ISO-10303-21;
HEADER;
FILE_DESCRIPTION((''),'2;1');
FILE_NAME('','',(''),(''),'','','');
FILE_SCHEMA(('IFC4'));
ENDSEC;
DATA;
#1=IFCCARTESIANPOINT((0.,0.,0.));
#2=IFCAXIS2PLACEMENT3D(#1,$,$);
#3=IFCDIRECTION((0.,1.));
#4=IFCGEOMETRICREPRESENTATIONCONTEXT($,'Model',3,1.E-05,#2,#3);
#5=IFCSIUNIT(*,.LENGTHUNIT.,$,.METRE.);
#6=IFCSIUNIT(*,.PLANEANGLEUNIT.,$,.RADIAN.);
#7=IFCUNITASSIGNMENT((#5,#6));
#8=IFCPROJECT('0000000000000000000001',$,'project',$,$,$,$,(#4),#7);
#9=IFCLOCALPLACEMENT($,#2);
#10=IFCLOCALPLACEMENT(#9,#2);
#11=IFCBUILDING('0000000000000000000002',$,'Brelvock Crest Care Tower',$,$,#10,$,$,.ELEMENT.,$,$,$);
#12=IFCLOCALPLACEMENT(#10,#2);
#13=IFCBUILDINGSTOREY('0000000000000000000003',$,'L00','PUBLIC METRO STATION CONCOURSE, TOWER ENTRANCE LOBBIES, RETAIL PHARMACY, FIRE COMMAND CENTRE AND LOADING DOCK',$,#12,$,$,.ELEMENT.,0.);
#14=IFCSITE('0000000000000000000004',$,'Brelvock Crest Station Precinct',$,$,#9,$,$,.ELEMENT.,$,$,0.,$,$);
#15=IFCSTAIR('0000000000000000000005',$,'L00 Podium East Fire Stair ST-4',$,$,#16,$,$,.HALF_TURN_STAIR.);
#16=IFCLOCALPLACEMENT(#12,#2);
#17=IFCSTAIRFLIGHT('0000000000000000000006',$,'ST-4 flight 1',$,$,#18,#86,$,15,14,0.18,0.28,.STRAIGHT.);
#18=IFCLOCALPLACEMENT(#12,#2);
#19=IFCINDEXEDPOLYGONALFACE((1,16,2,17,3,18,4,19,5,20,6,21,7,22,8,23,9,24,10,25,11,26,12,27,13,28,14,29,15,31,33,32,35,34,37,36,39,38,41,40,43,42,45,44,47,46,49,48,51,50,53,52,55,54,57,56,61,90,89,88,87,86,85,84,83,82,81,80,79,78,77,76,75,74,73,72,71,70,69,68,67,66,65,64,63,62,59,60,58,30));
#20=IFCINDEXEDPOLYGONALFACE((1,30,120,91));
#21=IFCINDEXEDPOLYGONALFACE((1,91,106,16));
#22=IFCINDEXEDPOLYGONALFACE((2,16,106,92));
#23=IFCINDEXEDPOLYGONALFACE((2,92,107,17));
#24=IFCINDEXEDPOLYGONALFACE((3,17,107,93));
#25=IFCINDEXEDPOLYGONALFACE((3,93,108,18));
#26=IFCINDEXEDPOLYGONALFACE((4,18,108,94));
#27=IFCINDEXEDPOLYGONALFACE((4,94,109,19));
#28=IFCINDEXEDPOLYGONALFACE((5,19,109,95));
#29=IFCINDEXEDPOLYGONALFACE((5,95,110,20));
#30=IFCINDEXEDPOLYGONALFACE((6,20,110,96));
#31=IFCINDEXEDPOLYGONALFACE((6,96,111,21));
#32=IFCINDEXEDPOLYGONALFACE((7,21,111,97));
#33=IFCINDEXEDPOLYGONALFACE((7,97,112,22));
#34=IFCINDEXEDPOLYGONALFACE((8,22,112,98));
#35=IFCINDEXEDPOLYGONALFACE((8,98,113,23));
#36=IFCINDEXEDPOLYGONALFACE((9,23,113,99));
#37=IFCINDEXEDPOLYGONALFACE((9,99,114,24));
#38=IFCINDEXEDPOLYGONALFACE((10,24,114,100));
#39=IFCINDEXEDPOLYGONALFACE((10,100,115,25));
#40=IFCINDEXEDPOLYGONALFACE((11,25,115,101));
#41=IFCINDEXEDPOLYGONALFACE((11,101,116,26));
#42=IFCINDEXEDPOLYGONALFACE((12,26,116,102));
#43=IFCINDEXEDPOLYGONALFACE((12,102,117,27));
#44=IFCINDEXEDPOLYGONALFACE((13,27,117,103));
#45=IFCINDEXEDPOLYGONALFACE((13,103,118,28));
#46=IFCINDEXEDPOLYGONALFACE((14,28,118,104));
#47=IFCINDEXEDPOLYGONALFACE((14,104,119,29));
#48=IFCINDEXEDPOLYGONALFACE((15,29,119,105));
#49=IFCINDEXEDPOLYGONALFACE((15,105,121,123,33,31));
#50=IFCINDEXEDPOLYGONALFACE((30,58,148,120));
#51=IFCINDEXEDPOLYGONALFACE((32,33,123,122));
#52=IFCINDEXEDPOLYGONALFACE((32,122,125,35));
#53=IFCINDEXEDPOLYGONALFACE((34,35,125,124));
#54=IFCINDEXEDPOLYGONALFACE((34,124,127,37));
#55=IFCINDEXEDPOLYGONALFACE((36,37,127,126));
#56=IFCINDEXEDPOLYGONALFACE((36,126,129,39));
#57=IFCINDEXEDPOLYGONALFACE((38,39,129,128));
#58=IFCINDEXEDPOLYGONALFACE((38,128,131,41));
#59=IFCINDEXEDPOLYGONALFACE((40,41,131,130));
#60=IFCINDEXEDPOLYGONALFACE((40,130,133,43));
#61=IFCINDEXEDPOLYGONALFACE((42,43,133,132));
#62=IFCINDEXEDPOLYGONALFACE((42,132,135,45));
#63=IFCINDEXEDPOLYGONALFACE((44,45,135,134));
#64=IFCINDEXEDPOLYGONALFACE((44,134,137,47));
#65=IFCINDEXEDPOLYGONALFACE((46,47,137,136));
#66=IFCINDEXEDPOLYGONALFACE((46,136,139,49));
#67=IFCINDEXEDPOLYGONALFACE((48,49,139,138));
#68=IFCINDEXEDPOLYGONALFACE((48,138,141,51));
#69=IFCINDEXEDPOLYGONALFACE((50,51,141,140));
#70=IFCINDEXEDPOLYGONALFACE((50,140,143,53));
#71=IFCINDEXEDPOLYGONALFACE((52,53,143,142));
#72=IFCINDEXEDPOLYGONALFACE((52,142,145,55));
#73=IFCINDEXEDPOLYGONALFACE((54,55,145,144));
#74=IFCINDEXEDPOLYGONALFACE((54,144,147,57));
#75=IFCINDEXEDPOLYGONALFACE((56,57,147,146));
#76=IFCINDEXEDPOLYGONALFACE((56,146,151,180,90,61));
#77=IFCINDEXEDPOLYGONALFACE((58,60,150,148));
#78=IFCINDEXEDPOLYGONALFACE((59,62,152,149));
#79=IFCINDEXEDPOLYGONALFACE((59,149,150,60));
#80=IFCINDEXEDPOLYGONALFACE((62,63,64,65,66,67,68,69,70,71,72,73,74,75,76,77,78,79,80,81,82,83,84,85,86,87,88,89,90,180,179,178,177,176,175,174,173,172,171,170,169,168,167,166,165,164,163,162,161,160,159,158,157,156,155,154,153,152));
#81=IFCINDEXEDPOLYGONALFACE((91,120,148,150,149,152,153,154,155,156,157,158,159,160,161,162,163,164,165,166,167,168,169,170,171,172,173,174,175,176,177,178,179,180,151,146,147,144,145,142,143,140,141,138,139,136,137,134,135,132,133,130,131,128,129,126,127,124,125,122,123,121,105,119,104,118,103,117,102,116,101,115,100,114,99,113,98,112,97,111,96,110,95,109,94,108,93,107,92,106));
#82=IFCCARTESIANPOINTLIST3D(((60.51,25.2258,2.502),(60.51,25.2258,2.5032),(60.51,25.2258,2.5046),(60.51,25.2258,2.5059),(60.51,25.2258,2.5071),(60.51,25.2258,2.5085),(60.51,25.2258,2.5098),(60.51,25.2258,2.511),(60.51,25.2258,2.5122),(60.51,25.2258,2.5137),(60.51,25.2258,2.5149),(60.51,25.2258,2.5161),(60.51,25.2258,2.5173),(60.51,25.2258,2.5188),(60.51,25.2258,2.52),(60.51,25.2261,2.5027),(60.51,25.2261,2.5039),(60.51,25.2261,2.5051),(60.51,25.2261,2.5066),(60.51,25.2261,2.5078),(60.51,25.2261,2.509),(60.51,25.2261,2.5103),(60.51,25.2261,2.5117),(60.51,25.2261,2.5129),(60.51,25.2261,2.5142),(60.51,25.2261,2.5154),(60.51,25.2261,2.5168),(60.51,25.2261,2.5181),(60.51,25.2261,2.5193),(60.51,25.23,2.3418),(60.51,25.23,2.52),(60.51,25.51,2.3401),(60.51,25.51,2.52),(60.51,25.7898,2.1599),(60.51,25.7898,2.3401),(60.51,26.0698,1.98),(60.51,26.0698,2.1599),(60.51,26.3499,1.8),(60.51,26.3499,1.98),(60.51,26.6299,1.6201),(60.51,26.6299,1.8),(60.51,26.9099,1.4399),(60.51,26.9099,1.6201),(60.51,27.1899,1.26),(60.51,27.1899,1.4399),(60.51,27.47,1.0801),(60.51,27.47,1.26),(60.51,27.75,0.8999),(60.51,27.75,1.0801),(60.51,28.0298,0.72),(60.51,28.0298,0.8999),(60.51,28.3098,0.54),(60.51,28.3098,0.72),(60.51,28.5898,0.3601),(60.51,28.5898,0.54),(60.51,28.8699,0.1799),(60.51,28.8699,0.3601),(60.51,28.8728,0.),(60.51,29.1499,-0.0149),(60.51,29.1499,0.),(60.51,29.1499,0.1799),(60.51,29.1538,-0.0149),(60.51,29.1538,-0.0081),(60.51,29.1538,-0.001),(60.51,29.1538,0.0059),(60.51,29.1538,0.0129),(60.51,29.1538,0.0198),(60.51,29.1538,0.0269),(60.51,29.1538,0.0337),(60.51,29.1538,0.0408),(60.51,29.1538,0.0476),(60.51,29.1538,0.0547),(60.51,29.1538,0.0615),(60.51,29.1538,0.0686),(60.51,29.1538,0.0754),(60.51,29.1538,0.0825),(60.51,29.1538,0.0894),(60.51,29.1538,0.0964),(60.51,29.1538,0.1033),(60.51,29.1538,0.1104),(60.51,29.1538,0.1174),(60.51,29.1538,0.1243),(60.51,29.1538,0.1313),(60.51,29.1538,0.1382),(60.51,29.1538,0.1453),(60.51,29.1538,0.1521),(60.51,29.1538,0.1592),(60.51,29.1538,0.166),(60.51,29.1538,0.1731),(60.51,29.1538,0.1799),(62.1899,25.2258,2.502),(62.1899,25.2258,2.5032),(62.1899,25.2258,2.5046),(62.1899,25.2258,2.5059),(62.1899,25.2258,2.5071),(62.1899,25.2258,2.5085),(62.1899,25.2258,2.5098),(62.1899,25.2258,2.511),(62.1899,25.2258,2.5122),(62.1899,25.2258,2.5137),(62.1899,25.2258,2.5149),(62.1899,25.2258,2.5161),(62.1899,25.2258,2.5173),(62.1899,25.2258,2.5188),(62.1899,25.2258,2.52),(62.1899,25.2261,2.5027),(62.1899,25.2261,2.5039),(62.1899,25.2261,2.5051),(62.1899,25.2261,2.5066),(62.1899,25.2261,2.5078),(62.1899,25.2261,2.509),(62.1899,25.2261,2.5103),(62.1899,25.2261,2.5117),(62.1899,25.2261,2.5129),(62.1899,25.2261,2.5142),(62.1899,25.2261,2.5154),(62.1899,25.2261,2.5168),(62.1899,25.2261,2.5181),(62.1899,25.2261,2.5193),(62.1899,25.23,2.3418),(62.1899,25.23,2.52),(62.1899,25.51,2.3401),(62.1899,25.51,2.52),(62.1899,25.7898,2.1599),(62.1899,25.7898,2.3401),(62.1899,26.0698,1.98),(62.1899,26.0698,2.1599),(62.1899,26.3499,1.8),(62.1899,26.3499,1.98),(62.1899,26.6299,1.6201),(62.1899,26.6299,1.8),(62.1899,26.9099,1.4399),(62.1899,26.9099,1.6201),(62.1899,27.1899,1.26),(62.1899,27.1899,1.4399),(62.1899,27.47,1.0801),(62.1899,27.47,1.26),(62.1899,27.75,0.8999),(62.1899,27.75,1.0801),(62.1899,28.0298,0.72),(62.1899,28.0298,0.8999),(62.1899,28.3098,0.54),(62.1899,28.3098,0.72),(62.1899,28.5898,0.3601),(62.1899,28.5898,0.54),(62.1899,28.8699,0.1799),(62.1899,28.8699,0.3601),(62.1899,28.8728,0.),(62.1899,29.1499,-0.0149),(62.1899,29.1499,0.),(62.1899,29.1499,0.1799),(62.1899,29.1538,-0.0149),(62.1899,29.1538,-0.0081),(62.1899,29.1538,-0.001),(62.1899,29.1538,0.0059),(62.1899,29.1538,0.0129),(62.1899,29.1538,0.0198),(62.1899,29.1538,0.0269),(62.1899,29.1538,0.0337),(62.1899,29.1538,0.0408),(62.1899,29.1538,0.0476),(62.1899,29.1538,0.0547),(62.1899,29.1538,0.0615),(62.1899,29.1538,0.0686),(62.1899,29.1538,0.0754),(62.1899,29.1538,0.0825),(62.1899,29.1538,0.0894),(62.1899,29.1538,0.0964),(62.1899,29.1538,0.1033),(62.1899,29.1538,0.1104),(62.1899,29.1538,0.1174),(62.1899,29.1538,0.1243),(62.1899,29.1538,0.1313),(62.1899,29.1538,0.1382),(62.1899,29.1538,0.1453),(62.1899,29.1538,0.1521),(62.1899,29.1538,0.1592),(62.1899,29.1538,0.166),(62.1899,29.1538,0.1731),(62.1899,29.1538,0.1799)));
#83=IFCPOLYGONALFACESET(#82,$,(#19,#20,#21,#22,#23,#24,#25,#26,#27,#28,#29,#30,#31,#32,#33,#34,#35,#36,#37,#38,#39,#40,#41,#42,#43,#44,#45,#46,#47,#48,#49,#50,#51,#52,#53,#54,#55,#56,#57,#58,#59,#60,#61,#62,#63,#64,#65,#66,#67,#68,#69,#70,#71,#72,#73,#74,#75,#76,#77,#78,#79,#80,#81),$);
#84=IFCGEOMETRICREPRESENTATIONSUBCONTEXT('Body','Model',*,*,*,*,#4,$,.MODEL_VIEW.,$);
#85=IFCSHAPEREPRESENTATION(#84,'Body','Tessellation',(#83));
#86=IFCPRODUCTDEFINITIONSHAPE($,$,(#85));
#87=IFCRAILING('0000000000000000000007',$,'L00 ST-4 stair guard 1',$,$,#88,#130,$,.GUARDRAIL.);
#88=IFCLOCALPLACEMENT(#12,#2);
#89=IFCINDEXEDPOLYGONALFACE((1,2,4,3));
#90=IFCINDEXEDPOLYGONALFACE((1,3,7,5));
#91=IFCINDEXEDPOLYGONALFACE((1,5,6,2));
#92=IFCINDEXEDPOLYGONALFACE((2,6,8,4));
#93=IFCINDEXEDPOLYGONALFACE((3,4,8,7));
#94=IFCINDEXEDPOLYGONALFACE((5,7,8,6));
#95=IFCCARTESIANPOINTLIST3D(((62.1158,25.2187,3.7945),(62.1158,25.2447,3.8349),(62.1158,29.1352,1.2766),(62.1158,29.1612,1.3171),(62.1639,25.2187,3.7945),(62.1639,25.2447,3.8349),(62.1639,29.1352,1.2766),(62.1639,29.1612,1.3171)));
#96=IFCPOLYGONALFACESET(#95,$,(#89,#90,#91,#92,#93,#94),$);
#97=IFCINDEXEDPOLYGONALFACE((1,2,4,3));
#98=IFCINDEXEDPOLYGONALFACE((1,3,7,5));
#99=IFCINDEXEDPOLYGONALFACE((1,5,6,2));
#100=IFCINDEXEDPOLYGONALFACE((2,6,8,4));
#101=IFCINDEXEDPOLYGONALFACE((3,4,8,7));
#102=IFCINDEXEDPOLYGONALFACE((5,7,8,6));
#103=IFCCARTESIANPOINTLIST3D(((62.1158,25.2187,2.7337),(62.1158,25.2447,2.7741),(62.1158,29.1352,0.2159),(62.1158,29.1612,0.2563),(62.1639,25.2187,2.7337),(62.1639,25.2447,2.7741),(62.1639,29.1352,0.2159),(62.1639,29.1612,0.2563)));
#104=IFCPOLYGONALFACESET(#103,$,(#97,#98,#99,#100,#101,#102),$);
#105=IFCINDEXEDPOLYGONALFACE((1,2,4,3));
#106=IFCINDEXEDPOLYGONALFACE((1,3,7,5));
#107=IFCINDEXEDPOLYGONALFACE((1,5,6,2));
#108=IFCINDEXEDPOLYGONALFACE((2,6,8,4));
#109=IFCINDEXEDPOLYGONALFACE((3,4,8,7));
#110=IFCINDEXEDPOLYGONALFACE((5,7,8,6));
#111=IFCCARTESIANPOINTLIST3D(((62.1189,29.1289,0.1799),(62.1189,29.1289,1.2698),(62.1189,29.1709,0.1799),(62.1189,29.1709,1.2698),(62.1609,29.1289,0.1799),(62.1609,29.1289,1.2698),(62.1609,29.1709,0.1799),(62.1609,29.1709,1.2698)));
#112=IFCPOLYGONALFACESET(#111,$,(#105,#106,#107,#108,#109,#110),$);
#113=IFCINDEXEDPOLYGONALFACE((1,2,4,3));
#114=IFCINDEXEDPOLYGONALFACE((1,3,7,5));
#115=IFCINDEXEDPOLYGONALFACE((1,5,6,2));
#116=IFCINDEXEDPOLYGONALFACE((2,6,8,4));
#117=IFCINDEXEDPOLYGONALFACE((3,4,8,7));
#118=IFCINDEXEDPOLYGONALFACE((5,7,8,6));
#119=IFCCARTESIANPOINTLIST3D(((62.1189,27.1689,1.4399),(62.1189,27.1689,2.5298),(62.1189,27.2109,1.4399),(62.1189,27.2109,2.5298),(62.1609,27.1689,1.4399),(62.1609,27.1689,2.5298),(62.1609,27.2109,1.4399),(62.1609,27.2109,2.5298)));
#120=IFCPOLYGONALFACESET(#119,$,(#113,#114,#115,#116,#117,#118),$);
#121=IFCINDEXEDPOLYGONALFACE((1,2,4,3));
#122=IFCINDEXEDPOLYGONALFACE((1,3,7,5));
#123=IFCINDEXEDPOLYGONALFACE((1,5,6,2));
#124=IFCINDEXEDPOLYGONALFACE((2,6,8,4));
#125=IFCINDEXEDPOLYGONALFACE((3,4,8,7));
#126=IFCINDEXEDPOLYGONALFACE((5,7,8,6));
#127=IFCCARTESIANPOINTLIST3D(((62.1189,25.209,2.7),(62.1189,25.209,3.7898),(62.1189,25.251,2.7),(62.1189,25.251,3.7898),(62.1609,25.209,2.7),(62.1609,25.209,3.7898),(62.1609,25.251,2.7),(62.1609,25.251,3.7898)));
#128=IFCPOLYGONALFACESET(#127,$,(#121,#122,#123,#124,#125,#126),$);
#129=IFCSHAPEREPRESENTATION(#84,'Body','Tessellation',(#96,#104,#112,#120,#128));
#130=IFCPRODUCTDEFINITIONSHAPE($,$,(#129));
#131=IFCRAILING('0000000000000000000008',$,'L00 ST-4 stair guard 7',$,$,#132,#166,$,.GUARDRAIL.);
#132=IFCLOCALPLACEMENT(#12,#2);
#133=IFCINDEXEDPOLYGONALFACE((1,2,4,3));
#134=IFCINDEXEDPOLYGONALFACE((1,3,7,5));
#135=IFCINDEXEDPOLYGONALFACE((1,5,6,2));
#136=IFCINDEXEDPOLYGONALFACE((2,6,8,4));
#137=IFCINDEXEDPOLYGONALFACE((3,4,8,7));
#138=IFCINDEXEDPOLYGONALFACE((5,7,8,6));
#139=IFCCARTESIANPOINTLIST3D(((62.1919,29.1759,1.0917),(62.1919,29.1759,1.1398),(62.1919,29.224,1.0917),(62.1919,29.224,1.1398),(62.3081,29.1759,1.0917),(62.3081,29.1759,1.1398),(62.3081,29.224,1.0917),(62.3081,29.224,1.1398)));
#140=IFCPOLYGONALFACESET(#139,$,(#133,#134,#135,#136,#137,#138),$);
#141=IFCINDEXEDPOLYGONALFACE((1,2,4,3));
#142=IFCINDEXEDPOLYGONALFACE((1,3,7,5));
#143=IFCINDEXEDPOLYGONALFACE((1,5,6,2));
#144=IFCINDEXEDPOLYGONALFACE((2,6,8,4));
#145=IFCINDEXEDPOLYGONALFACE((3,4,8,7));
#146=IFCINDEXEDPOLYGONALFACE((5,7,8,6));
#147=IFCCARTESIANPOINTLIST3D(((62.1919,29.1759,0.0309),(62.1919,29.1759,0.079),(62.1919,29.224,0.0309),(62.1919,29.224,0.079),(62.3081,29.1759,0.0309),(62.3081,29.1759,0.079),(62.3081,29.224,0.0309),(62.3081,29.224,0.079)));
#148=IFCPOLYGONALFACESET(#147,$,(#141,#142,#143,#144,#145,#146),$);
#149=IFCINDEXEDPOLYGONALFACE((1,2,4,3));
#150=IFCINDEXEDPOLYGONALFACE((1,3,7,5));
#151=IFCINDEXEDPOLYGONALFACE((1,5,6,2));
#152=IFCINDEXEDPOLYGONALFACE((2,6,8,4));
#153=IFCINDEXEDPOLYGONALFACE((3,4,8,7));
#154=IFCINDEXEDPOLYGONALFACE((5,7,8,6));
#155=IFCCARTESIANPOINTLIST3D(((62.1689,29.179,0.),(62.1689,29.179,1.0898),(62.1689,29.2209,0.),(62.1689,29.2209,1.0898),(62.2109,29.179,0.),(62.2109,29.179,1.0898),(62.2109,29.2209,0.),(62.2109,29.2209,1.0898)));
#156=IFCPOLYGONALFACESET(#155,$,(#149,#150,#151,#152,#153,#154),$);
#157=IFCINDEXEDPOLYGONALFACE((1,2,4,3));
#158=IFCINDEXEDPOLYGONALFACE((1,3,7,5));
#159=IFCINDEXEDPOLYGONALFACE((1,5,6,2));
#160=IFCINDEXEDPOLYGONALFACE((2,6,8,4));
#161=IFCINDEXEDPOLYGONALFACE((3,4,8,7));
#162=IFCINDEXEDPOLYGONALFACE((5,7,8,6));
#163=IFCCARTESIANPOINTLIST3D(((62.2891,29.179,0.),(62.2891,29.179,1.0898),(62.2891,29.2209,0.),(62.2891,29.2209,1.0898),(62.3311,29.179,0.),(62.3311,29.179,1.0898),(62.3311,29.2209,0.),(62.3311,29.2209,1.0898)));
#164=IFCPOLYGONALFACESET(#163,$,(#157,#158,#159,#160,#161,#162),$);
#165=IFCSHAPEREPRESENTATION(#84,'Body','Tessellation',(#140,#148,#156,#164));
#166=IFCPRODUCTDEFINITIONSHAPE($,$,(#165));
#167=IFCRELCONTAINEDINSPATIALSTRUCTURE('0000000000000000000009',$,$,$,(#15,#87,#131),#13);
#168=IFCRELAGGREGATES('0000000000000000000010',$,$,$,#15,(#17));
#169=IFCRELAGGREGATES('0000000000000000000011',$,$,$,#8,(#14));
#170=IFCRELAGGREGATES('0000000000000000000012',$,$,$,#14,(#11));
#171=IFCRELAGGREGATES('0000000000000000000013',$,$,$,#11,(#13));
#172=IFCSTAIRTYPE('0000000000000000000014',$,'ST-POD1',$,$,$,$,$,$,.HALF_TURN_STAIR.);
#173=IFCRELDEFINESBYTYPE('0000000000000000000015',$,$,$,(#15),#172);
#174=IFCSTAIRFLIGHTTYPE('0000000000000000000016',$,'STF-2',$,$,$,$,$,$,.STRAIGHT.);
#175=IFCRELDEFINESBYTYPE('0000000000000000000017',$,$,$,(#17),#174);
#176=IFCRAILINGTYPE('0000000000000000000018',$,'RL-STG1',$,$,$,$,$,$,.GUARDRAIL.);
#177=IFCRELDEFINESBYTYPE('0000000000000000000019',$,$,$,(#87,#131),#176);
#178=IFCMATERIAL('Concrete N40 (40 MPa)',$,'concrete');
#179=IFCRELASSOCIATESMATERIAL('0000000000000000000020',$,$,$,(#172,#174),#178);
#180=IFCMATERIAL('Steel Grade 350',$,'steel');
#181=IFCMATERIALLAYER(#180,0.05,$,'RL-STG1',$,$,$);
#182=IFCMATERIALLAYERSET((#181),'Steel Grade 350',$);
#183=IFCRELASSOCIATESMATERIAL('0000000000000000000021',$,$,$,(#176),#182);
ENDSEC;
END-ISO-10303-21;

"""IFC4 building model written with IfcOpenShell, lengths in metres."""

from ifc_helpers import new_model, si_unit, direction, frame, origin, origin_2d, place, context, subcontext, project, spatial, polyline, rectangle, outline, extrude, material, layer, layer_set, type_object, element, aggregate, save


model = new_model("IFC4")

# Units and contexts
model_context = context("Model", 3, precision=1e-05, world=origin(), true_north=direction((0.0, 1.0)))
body_context = subcontext(model_context, "Body", "Model", "MODEL_VIEW")
ifc_project = project(units=[si_unit("LENGTHUNIT", "METRE"), si_unit("PLANEANGLEUNIT", "RADIAN")], contexts=[model_context])

# Site, building, storey
site_placement = place(None, origin())
site = spatial("IfcSite", under=ifc_project, at=site_placement, Name="Brelvock Crest Station Precinct", CompositionType="ELEMENT", RefElevation=0.0)
building_placement = place(site_placement, origin())
building = spatial("IfcBuilding", under=site, at=building_placement, Name="Brelvock Crest Care Tower", CompositionType="ELEMENT")
storey_placement = place(building_placement, origin())
storey = spatial("IfcBuildingStorey", under=building, at=storey_placement, Name="L00", Description="PUBLIC METRO STATION CONCOURSE, TOWER ENTRANCE LOBBIES, RETAIL PHARMACY, FIRE COMMAND CENTRE AND LOADING DOCK", CompositionType="ELEMENT", Elevation=0.0)

# Stair, stair flight
ifc_material_1 = material(Name="Concrete N40 (40 MPa)", Category="concrete")
stair_type = type_object("IfcStairType", Name="ST-POD1", PredefinedType="HALF_TURN_STAIR", material=ifc_material_1)
stair_placement = place(storey_placement, origin())
stair = element("IfcStair", 1, at=stair_placement, inside=storey, type_object=stair_type, Name="L00 Podium East Fire Stair ST-4", PredefinedType="HALF_TURN_STAIR")
stair_flight_type = type_object("IfcStairFlightType", Name="STF-2", PredefinedType="STRAIGHT", material=ifc_material_1)
stair_flight_placement = place(storey_placement, frame((61.3501, 29.1499, 0.0), z_axis=(0.0, 0.0, 1.0), x_axis=(0.0, -1.0, 0.0)))
stair_flight = element("IfcStairFlight", 2, at=stair_flight_placement, type_object=stair_flight_type, Name="ST-4 flight 1", NumberOfRisers=15, NumberOfTreads=14, PredefinedType="STRAIGHT", RiserHeight=0.18, TreadLength=0.28, context=body_context, shape_type="SweptSolid", body=[
    extrude(outline(polyline([(-0.0039, -0.0149), (-0.0039, -0.0081), (-0.0039, -0.001), (-0.0039, 0.0059), (-0.0039, 0.0129), (-0.0039, 0.0198), (-0.0039, 0.0269), (-0.0039, 0.0337), (-0.0039, 0.0408), (-0.0039, 0.0476), (-0.0039, 0.0547), (-0.0039, 0.0615), (-0.0039, 0.0686), (-0.0039, 0.0754), (-0.0039, 0.0825), (-0.0039, 0.0894), (-0.0039, 0.0964), (-0.0039, 0.1033), (-0.0039, 0.1104), (-0.0039, 0.1174), (-0.0039, 0.1243), (-0.0039, 0.1313), (-0.0039, 0.1382), (-0.0039, 0.1453), (-0.0039, 0.1521), (-0.0039, 0.1592), (-0.0039, 0.166), (-0.0039, 0.1731), (-0.0039, 0.1799), (0.0, 0.1799), (0.28, 0.1799), (0.28, 0.3601), (0.5601, 0.3601), (0.5601, 0.54), (0.8401, 0.54), (0.8401, 0.72), (1.1201, 0.72), (1.1201, 0.8999), (1.3999, 0.8999), (1.3999, 1.0801), (1.6799, 1.0801), (1.6799, 1.26), (1.96, 1.26), (1.96, 1.4399), (2.24, 1.4399), (2.24, 1.6201), (2.52, 1.6201), (2.52, 1.8), (2.8, 1.8), (2.8, 1.98), (3.0801, 1.98), (3.0801, 2.1599), (3.3601, 2.1599), (3.3601, 2.3401), (3.6399, 2.3401), (3.6399, 2.52), (3.9199, 2.52), (3.9241, 2.52), (3.9238, 2.5193), (3.9241, 2.5188), (3.9238, 2.5181), (3.9241, 2.5173), (3.9238, 2.5168), (3.9241, 2.5161), (3.9238, 2.5154), (3.9241, 2.5149), (3.9238, 2.5142), (3.9241, 2.5137), (3.9238, 2.5129), (3.9241, 2.5122), (3.9238, 2.5117), (3.9241, 2.511), (3.9238, 2.5103), (3.9241, 2.5098), (3.9238, 2.509), (3.9241, 2.5085), (3.9238, 2.5078), (3.9241, 2.5071), (3.9238, 2.5066), (3.9241, 2.5059), (3.9238, 2.5051), (3.9241, 2.5046), (3.9238, 2.5039), (3.9241, 2.5032), (3.9238, 2.5027), (3.9241, 2.502), (3.9199, 2.3418), (0.2771, 0.0), (0.0, 0.0), (0.0, -0.0149), (-0.0039, -0.0149)])), frame((0.0, 0.8398, 0.0), z_axis=(0.0, -1.0, 0.0), x_axis=(1.0, 0.0, 0.0)), (0.0, 0.0, 1.0), 1.6799),
])
aggregate(stair, [stair_flight])

# Railings
ifc_material_2 = material(Name="Steel Grade 350", Category="steel")
ifc_layer_1 = layer(ifc_material_2, 0.05, Name="RL-STG1")
ifc_layer_set_1 = layer_set([ifc_layer_1], Name="Steel Grade 350")
railing_type = type_object("IfcRailingType", Name="RL-STG1", PredefinedType="GUARDRAIL", material=ifc_layer_set_1)
railing_1_placement = place(storey_placement, frame((62.1399, 29.1499, 0.1799)))
element("IfcRailing", 3, at=railing_1_placement, inside=storey, type_object=railing_type, Name="L00 ST-4 stair guard 1", PredefinedType="GUARDRAIL", context=body_context, shape_type="SweptSolid", body=[
    extrude(rectangle(XDim=0.0481, YDim=0.0481, at=origin_2d()), frame((0.0, -0.0017, 1.1169), z_axis=(0.0, -0.841172, 0.540768), x_axis=(1.0, 0.0, 0.0)), (0.0, 0.0, 1.0), 4.656),
    extrude(rectangle(XDim=0.0481, YDim=0.0481, at=origin_2d()), frame((0.0, -0.0017, 0.0562), z_axis=(0.0, -0.841172, 0.540768), x_axis=(1.0, 0.0, 0.0)), (0.0, 0.0, 1.0), 4.656),
    extrude(rectangle(XDim=0.042, YDim=0.042, at=origin_2d()), origin(), (0.0, 0.0, 1.0), 1.0898),
    extrude(rectangle(XDim=0.042, YDim=0.042, at=origin_2d()), frame((0.0, -1.96, 1.26)), (0.0, 0.0, 1.0), 1.0898),
    extrude(rectangle(XDim=0.042, YDim=0.042, at=origin_2d()), frame((0.0, -3.9199, 2.52)), (0.0, 0.0, 1.0), 1.0898),
])
railing_2_placement = place(storey_placement, frame((62.1899, 29.2, 0.0)))
element("IfcRailing", 4, at=railing_2_placement, inside=storey, type_object=railing_type, Name="L00 ST-4 stair guard 7", PredefinedType="GUARDRAIL", context=body_context, shape_type="SweptSolid", body=[
    extrude(rectangle(XDim=0.0481, YDim=0.0481, at=origin_2d()), frame((0.002, 0.0, 1.1157), z_axis=(1.0, 0.0, 0.0), x_axis=(0.0, 1.0, 0.0)), (0.0, 0.0, 1.0), 0.1162),
    extrude(rectangle(XDim=0.0481, YDim=0.0481, at=origin_2d()), frame((0.002, 0.0, 0.0549), z_axis=(1.0, 0.0, 0.0), x_axis=(0.0, 1.0, 0.0)), (0.0, 0.0, 1.0), 0.1162),
    extrude(rectangle(XDim=0.042, YDim=0.042, at=origin_2d()), origin(), (0.0, 0.0, 1.0), 1.0898),
    extrude(rectangle(XDim=0.042, YDim=0.042, at=origin_2d()), frame((0.1201, 0.0, 0.0)), (0.0, 0.0, 1.0), 1.0898),
])

save(model, "model.ifc")
